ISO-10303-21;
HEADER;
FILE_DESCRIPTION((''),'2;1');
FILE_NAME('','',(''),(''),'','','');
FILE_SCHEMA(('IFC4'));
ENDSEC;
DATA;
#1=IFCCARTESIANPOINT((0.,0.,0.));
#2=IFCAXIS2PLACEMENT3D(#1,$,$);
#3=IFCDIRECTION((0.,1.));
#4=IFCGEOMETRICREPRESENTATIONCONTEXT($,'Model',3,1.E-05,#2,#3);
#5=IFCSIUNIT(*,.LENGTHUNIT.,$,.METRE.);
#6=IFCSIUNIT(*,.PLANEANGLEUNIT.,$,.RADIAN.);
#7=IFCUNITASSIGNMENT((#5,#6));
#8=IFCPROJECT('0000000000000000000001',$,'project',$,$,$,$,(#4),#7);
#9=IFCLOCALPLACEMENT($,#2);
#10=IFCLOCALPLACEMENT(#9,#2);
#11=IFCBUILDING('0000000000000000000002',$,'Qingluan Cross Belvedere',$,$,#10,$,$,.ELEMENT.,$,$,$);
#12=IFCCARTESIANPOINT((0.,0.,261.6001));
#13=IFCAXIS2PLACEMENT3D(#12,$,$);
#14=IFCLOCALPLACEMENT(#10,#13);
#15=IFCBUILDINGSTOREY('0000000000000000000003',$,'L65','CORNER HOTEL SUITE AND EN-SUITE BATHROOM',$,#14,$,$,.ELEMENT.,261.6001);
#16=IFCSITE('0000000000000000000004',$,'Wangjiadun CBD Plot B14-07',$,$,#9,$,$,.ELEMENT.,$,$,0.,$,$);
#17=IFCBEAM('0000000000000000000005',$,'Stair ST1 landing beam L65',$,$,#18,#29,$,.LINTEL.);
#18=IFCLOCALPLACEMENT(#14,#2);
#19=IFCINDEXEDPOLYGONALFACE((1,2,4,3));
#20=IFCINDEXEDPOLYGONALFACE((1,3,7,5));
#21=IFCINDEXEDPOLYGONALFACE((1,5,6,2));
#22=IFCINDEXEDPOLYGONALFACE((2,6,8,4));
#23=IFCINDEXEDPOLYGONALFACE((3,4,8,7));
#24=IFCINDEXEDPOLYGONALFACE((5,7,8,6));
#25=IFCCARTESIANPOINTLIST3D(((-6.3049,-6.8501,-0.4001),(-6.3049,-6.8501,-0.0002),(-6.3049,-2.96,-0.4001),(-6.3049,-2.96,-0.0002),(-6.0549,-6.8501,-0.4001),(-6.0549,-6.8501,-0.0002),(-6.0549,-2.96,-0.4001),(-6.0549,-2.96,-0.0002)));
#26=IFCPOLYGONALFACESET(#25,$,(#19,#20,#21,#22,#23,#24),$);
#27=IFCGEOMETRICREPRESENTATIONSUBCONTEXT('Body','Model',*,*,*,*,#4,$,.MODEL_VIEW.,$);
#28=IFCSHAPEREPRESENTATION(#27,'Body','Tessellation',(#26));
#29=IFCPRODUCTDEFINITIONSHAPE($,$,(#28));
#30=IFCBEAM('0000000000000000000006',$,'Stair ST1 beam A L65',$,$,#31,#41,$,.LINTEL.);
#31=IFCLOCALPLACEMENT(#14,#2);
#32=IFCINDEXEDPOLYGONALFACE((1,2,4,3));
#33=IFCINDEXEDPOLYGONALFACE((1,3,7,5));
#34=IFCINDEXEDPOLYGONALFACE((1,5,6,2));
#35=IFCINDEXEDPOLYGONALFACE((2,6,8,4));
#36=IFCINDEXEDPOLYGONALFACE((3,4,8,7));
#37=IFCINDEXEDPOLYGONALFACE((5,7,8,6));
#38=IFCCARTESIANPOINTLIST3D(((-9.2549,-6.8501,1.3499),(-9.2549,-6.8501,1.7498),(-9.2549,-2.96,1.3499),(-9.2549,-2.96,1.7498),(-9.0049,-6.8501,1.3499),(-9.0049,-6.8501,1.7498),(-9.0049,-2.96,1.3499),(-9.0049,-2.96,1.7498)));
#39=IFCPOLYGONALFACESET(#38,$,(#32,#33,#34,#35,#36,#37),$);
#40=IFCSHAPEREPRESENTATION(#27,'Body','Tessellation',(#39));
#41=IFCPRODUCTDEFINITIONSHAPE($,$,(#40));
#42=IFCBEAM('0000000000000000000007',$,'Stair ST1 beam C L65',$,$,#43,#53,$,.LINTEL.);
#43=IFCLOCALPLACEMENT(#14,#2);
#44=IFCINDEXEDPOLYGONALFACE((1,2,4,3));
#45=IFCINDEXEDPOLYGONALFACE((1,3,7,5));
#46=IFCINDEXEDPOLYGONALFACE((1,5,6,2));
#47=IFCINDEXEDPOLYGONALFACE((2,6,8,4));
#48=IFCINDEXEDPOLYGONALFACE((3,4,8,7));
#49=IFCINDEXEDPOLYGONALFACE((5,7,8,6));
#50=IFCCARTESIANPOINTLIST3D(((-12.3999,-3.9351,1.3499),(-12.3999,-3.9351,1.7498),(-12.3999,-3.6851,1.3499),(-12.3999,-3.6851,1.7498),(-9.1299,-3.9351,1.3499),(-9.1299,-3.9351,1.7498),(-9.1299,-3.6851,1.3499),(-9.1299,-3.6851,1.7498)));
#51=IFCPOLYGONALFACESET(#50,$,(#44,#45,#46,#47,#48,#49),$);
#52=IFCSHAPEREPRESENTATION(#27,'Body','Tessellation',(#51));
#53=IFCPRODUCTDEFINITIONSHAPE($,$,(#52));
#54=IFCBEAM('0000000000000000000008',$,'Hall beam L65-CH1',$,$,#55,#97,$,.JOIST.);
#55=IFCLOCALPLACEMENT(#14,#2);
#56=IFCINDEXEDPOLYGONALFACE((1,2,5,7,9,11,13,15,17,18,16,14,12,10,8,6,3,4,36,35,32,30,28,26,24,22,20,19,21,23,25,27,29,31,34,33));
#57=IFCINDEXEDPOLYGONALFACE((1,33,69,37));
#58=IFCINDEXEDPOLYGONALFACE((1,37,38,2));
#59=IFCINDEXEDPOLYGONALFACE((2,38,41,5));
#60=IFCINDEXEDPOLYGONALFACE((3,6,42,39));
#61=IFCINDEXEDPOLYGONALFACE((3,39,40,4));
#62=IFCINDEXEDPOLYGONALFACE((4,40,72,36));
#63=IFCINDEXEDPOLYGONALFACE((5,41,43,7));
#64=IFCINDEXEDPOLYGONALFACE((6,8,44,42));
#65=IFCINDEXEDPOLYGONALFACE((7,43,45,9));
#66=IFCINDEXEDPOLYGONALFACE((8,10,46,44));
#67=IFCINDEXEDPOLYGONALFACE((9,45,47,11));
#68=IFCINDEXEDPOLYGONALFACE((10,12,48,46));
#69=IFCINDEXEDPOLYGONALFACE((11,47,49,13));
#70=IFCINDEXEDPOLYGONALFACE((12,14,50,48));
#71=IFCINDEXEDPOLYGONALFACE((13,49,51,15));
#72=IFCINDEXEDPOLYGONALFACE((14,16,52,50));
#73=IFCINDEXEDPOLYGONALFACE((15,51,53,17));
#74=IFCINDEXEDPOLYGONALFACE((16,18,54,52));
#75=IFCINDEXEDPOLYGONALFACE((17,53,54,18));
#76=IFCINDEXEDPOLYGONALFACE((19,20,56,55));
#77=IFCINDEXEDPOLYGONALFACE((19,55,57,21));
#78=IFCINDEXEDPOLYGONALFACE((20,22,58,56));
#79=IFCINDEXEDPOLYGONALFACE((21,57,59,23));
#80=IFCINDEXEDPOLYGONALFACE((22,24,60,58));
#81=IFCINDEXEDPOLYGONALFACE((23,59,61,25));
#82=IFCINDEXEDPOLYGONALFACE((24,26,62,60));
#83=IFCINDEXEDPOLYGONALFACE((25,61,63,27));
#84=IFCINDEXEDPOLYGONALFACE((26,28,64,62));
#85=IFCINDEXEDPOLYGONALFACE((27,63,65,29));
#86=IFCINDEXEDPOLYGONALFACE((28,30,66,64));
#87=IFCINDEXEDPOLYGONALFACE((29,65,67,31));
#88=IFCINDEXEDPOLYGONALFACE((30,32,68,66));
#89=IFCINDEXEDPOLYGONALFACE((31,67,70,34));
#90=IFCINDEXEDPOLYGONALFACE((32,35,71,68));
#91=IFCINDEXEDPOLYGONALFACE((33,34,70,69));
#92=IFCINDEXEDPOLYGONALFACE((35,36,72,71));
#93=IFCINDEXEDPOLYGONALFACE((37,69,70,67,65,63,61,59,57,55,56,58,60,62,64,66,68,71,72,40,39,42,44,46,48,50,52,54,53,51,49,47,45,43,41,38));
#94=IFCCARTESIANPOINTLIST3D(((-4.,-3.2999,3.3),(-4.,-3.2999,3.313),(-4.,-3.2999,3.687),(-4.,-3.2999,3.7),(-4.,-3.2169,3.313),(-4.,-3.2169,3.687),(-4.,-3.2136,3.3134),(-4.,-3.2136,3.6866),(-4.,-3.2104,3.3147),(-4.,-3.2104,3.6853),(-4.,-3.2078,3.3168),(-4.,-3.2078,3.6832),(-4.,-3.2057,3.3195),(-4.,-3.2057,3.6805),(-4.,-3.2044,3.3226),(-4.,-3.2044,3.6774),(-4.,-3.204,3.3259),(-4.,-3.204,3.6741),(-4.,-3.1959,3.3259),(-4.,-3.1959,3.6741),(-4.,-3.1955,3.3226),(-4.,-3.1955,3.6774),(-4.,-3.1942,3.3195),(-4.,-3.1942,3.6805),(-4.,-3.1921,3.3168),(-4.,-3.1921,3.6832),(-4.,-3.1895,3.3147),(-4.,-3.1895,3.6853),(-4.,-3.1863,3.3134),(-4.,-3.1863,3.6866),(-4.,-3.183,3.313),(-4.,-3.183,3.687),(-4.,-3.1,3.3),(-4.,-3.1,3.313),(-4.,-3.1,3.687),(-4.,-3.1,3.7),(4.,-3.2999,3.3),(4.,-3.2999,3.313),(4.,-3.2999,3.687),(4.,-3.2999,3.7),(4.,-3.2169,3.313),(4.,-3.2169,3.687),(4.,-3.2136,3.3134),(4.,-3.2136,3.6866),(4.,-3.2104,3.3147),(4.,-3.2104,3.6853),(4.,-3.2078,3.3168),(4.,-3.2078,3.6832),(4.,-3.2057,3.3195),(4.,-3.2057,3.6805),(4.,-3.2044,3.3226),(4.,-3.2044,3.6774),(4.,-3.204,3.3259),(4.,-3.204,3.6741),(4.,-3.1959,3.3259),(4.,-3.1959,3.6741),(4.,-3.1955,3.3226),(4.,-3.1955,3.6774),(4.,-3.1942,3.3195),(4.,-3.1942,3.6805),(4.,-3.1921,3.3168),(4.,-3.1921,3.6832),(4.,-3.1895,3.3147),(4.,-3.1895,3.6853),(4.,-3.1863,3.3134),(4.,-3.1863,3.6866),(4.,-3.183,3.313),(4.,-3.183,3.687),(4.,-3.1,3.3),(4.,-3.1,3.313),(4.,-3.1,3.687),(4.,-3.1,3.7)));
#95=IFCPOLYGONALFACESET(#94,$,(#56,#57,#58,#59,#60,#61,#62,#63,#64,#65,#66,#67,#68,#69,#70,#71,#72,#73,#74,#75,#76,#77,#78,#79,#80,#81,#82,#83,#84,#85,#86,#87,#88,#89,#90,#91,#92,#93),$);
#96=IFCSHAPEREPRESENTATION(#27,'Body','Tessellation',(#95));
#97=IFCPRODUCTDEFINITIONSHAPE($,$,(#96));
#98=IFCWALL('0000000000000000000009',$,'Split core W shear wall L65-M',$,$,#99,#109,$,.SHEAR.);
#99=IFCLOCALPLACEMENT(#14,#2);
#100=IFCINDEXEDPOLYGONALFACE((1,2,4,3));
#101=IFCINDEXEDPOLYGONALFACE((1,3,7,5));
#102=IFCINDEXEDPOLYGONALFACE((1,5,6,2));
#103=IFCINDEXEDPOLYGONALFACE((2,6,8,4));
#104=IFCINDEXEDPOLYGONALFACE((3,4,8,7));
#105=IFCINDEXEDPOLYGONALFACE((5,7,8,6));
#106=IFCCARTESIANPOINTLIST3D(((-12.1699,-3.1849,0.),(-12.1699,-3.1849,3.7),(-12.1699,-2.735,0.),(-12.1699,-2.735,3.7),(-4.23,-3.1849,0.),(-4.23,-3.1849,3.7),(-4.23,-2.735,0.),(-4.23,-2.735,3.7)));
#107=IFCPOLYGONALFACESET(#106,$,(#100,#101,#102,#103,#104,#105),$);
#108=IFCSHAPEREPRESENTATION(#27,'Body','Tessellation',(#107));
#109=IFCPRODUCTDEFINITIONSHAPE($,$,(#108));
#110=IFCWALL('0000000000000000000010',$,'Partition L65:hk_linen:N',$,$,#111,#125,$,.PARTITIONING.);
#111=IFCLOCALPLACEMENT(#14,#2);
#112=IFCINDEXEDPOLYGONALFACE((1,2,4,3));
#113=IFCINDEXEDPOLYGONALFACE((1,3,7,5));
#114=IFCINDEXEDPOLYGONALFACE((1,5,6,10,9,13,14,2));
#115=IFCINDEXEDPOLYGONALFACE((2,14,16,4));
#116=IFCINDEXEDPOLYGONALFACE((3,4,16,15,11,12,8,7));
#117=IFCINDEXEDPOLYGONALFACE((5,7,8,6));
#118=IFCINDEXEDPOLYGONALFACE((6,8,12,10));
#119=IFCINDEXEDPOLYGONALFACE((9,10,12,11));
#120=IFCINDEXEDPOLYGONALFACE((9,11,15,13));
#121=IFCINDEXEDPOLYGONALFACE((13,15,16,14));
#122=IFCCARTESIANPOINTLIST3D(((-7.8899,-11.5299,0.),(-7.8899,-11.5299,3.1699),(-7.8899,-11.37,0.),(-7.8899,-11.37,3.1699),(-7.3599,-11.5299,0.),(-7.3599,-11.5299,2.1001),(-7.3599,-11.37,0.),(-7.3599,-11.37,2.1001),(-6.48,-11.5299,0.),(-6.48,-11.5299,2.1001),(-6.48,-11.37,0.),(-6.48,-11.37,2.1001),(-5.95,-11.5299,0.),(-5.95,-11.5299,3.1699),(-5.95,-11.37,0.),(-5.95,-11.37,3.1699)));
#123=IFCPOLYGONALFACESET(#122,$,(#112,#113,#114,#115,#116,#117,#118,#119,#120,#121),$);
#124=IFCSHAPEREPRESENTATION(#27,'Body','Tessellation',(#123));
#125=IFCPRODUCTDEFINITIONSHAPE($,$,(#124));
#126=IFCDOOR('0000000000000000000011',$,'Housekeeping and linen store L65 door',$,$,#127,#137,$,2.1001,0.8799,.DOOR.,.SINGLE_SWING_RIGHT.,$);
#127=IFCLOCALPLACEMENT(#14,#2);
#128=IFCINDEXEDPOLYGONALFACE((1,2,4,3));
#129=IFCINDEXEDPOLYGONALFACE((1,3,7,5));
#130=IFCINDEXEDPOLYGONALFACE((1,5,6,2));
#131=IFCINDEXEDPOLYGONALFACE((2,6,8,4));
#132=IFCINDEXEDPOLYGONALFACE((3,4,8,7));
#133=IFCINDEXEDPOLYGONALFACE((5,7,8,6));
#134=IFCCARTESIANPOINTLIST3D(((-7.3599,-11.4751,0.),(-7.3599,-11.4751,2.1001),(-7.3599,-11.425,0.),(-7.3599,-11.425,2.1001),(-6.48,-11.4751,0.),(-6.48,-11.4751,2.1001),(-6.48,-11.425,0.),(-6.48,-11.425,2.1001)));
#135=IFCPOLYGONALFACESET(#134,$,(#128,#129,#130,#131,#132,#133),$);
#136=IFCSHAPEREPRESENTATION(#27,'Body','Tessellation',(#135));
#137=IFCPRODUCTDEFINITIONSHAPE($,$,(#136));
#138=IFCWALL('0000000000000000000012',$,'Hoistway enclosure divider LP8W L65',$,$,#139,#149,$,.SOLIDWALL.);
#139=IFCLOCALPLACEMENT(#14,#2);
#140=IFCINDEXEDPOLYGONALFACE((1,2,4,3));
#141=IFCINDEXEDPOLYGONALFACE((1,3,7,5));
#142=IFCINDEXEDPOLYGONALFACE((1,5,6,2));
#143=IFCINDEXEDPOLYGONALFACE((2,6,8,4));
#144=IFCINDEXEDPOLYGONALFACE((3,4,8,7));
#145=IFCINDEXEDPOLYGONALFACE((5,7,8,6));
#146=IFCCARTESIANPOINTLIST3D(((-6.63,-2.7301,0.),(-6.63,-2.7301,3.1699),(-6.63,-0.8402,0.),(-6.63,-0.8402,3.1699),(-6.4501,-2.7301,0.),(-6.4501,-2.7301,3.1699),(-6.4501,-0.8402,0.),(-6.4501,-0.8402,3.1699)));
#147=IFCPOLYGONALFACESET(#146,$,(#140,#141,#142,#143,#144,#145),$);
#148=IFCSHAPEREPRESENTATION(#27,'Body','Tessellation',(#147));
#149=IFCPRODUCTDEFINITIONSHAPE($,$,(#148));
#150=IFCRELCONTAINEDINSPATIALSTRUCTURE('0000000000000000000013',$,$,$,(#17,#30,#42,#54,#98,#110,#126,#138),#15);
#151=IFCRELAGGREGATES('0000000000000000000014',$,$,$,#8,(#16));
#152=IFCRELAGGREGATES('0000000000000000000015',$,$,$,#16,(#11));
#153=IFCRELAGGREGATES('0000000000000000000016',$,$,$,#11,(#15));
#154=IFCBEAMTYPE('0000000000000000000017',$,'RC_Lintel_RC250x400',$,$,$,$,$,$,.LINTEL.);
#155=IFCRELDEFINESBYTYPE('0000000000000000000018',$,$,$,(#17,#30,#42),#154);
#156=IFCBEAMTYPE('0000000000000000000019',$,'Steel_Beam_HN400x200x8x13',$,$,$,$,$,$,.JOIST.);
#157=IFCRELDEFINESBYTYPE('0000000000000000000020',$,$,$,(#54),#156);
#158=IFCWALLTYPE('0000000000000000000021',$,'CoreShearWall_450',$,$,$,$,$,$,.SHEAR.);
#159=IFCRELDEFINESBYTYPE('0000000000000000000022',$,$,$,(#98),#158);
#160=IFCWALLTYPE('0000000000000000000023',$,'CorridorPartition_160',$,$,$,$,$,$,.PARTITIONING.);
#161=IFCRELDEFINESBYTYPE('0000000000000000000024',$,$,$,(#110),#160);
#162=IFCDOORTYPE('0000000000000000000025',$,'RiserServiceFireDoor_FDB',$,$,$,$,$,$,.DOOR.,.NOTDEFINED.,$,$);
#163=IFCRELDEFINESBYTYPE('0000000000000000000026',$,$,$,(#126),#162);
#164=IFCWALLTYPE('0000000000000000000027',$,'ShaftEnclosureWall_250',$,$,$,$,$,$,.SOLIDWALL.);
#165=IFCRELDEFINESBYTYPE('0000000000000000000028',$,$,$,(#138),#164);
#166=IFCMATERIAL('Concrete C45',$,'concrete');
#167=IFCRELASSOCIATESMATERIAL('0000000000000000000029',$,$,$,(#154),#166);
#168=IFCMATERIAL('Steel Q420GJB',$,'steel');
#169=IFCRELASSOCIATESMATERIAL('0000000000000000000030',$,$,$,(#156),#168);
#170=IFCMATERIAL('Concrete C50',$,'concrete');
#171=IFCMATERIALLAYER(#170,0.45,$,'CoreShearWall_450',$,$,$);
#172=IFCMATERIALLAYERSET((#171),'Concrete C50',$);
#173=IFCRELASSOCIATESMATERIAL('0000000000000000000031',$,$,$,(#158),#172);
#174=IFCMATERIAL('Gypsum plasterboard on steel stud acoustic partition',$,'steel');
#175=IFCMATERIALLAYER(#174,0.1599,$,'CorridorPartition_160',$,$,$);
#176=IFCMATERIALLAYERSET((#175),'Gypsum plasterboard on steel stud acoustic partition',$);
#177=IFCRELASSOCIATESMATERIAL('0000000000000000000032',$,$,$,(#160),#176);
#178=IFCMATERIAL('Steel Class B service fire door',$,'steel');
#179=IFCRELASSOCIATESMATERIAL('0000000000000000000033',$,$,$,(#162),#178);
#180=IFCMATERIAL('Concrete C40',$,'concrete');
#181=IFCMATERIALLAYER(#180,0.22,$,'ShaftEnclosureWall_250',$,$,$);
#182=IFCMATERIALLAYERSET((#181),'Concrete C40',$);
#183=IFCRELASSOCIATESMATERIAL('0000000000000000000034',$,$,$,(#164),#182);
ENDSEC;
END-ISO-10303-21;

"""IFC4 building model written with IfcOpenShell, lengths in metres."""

from ifc_helpers import new_model, si_unit, direction, frame, frame_2d, origin, origin_2d, place, context, subcontext, project, spatial, rectangle, i_section, extrude, material, layer, layer_set, material_profile, profile_set, type_object, element, fill, save


model = new_model("IFC4")

# Units and contexts
model_context = context("Model", 3, precision=1e-05, world=origin(), true_north=direction((0.0, 1.0)))
body_context = subcontext(model_context, "Body", "Model", "MODEL_VIEW")
ifc_project = project(units=[si_unit("LENGTHUNIT", "METRE"), si_unit("PLANEANGLEUNIT", "RADIAN")], contexts=[model_context])

# Site, building, storey
site_placement = place(None, origin())
site = spatial("IfcSite", under=ifc_project, at=site_placement, Name="Wangjiadun CBD Plot B14-07", CompositionType="ELEMENT", RefElevation=0.0)
building_placement = place(site_placement, origin())
building = spatial("IfcBuilding", under=site, at=building_placement, Name="Qingluan Cross Belvedere", CompositionType="ELEMENT")
storey_placement = place(building_placement, frame((0.0, 0.0, 261.6001)))
storey = spatial("IfcBuildingStorey", under=building, at=storey_placement, Name="L65", Description="CORNER HOTEL SUITE AND EN-SUITE BATHROOM", CompositionType="ELEMENT", Elevation=261.6001)

# Beams
ifc_material_1 = material(Name="Concrete C45", Category="concrete")
ifc_material_profile_1 = material_profile(ifc_material_1, rectangle(XDim=0.25, YDim=0.3999, at=origin_2d()), Name="RC250x400")
ifc_profile_set_1 = profile_set([ifc_material_profile_1], Name="Concrete C45")
beam_type_1 = type_object("IfcBeamType", Name="RC_Lintel_RC250x400", PredefinedType="LINTEL", material=ifc_profile_set_1)
for number, where, z_axis, x_axis, name in (
    (1, (-6.1799, -6.8501, -0.2002), (0.0, 1.0, 0.0), (-1.0, 0.0, 0.0), "Stair ST1 landing beam L65"),
    (2, (-9.1299, -6.8501, 1.5498), (0.0, 1.0, 0.0), (-1.0, 0.0, 0.0), "Stair ST1 beam A L65"),
):
    element("IfcBeam", number, at=place(storey_placement, frame(where, z_axis=z_axis, x_axis=x_axis)), inside=storey, type_object=beam_type_1, Name=name, PredefinedType="LINTEL", context=body_context, shape_type="SweptSolid", body=[
        extrude(rectangle(XDim=0.25, YDim=0.3999, at=origin_2d()), origin(), (0.0, 0.0, 1.0), 3.8901),
    ])
beam_1_placement = place(storey_placement, frame((-12.3999, -3.8101, 1.5498), z_axis=(1.0, 0.0, 0.0), x_axis=(0.0, 1.0, 0.0)))
element("IfcBeam", 3, at=beam_1_placement, inside=storey, type_object=beam_type_1, Name="Stair ST1 beam C L65", PredefinedType="LINTEL", context=body_context, shape_type="SweptSolid", body=[
    extrude(rectangle(XDim=0.25, YDim=0.3999, at=origin_2d()), origin(), (0.0, 0.0, 1.0), 3.27),
])
ifc_material_2 = material(Name="Steel Q420GJB", Category="steel")
ifc_material_profile_2 = material_profile(ifc_material_2, i_section(OverallWidth=0.2, OverallDepth=0.3999, WebThickness=0.0081, FlangeThickness=0.0129, FilletRadius=0.0129, at=origin_2d()), Name="HN400x200x8x13")
ifc_profile_set_2 = profile_set([ifc_material_profile_2], Name="Steel Q420GJB")
beam_type_2 = type_object("IfcBeamType", Name="Steel_Beam_HN400x200x8x13", PredefinedType="JOIST", material=ifc_profile_set_2)
beam_2_placement = place(storey_placement, frame((-4.0, -3.2, 3.5), z_axis=(1.0, 0.0, 0.0), x_axis=(0.0, 1.0, 0.0)))
element("IfcBeam", 4, at=beam_2_placement, inside=storey, type_object=beam_type_2, Name="Hall beam L65-CH1", PredefinedType="JOIST", context=body_context, shape_type="SweptSolid", body=[
    extrude(i_section(OverallWidth=0.2, OverallDepth=0.3999, WebThickness=0.0081, FlangeThickness=0.0129, FilletRadius=0.0129, at=origin_2d()), origin(), (0.0, 0.0, 1.0), 8.0),
])

# Shared definitions
ifc_material_3 = material(Name="Concrete C50", Category="concrete")
ifc_layer_1 = layer(ifc_material_3, 0.45, Name="CoreShearWall_450")
ifc_layer_set_1 = layer_set([ifc_layer_1], Name="Concrete C50")
wall_type_1 = type_object("IfcWallType", Name="CoreShearWall_450", PredefinedType="SHEAR", material=ifc_layer_set_1)

# Wall
wall_1_placement = place(storey_placement, frame((-12.1699, -2.96, 0.0), z_axis=(0.0, 0.0, 1.0), x_axis=(1.0, 0.0, 0.0)))
element("IfcWall", 5, at=wall_1_placement, inside=storey, type_object=wall_type_1, Name="Split core W shear wall L65-M", PredefinedType="SHEAR", context=body_context, shape_type="SweptSolid", body=[
    extrude(rectangle(XDim=7.9399, YDim=0.45, at=frame_2d((3.97, 0.0))), origin(), (0.0, 0.0, 1.0), 3.7),
])

# Wall, opening, door
ifc_material_4 = material(Name="Gypsum plasterboard on steel stud acoustic partition", Category="steel")
ifc_layer_2 = layer(ifc_material_4, 0.1599, Name="CorridorPartition_160")
ifc_layer_set_2 = layer_set([ifc_layer_2], Name="Gypsum plasterboard on steel stud acoustic partition")
wall_type_2 = type_object("IfcWallType", Name="CorridorPartition_160", PredefinedType="PARTITIONING", material=ifc_layer_set_2)
wall_2_placement = place(storey_placement, frame((-7.8899, -11.45, 0.0), z_axis=(0.0, 0.0, 1.0), x_axis=(1.0, 0.0, 0.0)))
wall_2 = element("IfcWall", 6, at=wall_2_placement, inside=storey, type_object=wall_type_2, Name="Partition L65:hk_linen:N", PredefinedType="PARTITIONING", context=body_context, shape_type="SweptSolid", body=[
    extrude(rectangle(XDim=1.9399, YDim=0.1599, at=frame_2d((0.97, 0.0))), origin(), (0.0, 0.0, 1.0), 3.1699),
])
opening_1_placement = place(wall_2_placement, frame((0.53, 0.0, 0.0)))
opening_1 = element("IfcOpeningElement", 7, at=opening_1_placement, cuts=wall_2, PredefinedType="OPENING", context=body_context, shape_type="SweptSolid", body=[
    extrude(rectangle(XDim=0.8799, YDim=2.1001, at=frame_2d((0.4399, 1.05))), frame((0.0, 0.0898, 0.0), z_axis=(0.0, -1.0, 0.0), x_axis=(1.0, 0.0, 0.0)), (0.0, 0.0, 1.0), 0.1799),
])
ifc_material_5 = material(Name="Steel Class B service fire door", Category="steel")
door_type_1 = type_object("IfcDoorType", Name="RiserServiceFireDoor_FDB", OperationType="NOTDEFINED", PredefinedType="DOOR", material=ifc_material_5)
door_1_placement = place(opening_1_placement, origin())
door_1 = element("IfcDoor", 8, at=door_1_placement, inside=storey, type_object=door_type_1, Name="Housekeeping and linen store L65 door", OperationType="SINGLE_SWING_RIGHT", OverallHeight=2.1001, OverallWidth=0.8799, PredefinedType="DOOR", context=body_context, shape_type="SweptSolid", body=[
    extrude(rectangle(XDim=0.8799, YDim=2.1001, at=frame_2d((0.4399, 1.05))), frame((0.0, 0.0249, 0.0), z_axis=(0.0, -1.0, 0.0), x_axis=(1.0, 0.0, 0.0)), (0.0, 0.0, 1.0), 0.05),
])
fill(opening_1, door_1)

# Wall
ifc_material_6 = material(Name="Concrete C40", Category="concrete")
ifc_layer_3 = layer(ifc_material_6, 0.22, Name="ShaftEnclosureWall_250")
ifc_layer_set_3 = layer_set([ifc_layer_3], Name="Concrete C40")
wall_type_3 = type_object("IfcWallType", Name="ShaftEnclosureWall_250", PredefinedType="SOLIDWALL", material=ifc_layer_set_3)
wall_3_placement = place(storey_placement, frame((-6.54, -2.73, 0.0), z_axis=(0.0, 0.0, 1.0), x_axis=(0.0, 1.0, 0.0)))
element("IfcWall", 9, at=wall_3_placement, inside=storey, type_object=wall_type_3, Name="Hoistway enclosure divider LP8W L65", PredefinedType="SOLIDWALL", context=body_context, shape_type="SweptSolid", body=[
    extrude(rectangle(XDim=1.8899, YDim=0.1799, at=frame_2d((0.9448, 0.0))), origin(), (0.0, 0.0, 1.0), 3.1699),
])

save(model, "model.ifc")
